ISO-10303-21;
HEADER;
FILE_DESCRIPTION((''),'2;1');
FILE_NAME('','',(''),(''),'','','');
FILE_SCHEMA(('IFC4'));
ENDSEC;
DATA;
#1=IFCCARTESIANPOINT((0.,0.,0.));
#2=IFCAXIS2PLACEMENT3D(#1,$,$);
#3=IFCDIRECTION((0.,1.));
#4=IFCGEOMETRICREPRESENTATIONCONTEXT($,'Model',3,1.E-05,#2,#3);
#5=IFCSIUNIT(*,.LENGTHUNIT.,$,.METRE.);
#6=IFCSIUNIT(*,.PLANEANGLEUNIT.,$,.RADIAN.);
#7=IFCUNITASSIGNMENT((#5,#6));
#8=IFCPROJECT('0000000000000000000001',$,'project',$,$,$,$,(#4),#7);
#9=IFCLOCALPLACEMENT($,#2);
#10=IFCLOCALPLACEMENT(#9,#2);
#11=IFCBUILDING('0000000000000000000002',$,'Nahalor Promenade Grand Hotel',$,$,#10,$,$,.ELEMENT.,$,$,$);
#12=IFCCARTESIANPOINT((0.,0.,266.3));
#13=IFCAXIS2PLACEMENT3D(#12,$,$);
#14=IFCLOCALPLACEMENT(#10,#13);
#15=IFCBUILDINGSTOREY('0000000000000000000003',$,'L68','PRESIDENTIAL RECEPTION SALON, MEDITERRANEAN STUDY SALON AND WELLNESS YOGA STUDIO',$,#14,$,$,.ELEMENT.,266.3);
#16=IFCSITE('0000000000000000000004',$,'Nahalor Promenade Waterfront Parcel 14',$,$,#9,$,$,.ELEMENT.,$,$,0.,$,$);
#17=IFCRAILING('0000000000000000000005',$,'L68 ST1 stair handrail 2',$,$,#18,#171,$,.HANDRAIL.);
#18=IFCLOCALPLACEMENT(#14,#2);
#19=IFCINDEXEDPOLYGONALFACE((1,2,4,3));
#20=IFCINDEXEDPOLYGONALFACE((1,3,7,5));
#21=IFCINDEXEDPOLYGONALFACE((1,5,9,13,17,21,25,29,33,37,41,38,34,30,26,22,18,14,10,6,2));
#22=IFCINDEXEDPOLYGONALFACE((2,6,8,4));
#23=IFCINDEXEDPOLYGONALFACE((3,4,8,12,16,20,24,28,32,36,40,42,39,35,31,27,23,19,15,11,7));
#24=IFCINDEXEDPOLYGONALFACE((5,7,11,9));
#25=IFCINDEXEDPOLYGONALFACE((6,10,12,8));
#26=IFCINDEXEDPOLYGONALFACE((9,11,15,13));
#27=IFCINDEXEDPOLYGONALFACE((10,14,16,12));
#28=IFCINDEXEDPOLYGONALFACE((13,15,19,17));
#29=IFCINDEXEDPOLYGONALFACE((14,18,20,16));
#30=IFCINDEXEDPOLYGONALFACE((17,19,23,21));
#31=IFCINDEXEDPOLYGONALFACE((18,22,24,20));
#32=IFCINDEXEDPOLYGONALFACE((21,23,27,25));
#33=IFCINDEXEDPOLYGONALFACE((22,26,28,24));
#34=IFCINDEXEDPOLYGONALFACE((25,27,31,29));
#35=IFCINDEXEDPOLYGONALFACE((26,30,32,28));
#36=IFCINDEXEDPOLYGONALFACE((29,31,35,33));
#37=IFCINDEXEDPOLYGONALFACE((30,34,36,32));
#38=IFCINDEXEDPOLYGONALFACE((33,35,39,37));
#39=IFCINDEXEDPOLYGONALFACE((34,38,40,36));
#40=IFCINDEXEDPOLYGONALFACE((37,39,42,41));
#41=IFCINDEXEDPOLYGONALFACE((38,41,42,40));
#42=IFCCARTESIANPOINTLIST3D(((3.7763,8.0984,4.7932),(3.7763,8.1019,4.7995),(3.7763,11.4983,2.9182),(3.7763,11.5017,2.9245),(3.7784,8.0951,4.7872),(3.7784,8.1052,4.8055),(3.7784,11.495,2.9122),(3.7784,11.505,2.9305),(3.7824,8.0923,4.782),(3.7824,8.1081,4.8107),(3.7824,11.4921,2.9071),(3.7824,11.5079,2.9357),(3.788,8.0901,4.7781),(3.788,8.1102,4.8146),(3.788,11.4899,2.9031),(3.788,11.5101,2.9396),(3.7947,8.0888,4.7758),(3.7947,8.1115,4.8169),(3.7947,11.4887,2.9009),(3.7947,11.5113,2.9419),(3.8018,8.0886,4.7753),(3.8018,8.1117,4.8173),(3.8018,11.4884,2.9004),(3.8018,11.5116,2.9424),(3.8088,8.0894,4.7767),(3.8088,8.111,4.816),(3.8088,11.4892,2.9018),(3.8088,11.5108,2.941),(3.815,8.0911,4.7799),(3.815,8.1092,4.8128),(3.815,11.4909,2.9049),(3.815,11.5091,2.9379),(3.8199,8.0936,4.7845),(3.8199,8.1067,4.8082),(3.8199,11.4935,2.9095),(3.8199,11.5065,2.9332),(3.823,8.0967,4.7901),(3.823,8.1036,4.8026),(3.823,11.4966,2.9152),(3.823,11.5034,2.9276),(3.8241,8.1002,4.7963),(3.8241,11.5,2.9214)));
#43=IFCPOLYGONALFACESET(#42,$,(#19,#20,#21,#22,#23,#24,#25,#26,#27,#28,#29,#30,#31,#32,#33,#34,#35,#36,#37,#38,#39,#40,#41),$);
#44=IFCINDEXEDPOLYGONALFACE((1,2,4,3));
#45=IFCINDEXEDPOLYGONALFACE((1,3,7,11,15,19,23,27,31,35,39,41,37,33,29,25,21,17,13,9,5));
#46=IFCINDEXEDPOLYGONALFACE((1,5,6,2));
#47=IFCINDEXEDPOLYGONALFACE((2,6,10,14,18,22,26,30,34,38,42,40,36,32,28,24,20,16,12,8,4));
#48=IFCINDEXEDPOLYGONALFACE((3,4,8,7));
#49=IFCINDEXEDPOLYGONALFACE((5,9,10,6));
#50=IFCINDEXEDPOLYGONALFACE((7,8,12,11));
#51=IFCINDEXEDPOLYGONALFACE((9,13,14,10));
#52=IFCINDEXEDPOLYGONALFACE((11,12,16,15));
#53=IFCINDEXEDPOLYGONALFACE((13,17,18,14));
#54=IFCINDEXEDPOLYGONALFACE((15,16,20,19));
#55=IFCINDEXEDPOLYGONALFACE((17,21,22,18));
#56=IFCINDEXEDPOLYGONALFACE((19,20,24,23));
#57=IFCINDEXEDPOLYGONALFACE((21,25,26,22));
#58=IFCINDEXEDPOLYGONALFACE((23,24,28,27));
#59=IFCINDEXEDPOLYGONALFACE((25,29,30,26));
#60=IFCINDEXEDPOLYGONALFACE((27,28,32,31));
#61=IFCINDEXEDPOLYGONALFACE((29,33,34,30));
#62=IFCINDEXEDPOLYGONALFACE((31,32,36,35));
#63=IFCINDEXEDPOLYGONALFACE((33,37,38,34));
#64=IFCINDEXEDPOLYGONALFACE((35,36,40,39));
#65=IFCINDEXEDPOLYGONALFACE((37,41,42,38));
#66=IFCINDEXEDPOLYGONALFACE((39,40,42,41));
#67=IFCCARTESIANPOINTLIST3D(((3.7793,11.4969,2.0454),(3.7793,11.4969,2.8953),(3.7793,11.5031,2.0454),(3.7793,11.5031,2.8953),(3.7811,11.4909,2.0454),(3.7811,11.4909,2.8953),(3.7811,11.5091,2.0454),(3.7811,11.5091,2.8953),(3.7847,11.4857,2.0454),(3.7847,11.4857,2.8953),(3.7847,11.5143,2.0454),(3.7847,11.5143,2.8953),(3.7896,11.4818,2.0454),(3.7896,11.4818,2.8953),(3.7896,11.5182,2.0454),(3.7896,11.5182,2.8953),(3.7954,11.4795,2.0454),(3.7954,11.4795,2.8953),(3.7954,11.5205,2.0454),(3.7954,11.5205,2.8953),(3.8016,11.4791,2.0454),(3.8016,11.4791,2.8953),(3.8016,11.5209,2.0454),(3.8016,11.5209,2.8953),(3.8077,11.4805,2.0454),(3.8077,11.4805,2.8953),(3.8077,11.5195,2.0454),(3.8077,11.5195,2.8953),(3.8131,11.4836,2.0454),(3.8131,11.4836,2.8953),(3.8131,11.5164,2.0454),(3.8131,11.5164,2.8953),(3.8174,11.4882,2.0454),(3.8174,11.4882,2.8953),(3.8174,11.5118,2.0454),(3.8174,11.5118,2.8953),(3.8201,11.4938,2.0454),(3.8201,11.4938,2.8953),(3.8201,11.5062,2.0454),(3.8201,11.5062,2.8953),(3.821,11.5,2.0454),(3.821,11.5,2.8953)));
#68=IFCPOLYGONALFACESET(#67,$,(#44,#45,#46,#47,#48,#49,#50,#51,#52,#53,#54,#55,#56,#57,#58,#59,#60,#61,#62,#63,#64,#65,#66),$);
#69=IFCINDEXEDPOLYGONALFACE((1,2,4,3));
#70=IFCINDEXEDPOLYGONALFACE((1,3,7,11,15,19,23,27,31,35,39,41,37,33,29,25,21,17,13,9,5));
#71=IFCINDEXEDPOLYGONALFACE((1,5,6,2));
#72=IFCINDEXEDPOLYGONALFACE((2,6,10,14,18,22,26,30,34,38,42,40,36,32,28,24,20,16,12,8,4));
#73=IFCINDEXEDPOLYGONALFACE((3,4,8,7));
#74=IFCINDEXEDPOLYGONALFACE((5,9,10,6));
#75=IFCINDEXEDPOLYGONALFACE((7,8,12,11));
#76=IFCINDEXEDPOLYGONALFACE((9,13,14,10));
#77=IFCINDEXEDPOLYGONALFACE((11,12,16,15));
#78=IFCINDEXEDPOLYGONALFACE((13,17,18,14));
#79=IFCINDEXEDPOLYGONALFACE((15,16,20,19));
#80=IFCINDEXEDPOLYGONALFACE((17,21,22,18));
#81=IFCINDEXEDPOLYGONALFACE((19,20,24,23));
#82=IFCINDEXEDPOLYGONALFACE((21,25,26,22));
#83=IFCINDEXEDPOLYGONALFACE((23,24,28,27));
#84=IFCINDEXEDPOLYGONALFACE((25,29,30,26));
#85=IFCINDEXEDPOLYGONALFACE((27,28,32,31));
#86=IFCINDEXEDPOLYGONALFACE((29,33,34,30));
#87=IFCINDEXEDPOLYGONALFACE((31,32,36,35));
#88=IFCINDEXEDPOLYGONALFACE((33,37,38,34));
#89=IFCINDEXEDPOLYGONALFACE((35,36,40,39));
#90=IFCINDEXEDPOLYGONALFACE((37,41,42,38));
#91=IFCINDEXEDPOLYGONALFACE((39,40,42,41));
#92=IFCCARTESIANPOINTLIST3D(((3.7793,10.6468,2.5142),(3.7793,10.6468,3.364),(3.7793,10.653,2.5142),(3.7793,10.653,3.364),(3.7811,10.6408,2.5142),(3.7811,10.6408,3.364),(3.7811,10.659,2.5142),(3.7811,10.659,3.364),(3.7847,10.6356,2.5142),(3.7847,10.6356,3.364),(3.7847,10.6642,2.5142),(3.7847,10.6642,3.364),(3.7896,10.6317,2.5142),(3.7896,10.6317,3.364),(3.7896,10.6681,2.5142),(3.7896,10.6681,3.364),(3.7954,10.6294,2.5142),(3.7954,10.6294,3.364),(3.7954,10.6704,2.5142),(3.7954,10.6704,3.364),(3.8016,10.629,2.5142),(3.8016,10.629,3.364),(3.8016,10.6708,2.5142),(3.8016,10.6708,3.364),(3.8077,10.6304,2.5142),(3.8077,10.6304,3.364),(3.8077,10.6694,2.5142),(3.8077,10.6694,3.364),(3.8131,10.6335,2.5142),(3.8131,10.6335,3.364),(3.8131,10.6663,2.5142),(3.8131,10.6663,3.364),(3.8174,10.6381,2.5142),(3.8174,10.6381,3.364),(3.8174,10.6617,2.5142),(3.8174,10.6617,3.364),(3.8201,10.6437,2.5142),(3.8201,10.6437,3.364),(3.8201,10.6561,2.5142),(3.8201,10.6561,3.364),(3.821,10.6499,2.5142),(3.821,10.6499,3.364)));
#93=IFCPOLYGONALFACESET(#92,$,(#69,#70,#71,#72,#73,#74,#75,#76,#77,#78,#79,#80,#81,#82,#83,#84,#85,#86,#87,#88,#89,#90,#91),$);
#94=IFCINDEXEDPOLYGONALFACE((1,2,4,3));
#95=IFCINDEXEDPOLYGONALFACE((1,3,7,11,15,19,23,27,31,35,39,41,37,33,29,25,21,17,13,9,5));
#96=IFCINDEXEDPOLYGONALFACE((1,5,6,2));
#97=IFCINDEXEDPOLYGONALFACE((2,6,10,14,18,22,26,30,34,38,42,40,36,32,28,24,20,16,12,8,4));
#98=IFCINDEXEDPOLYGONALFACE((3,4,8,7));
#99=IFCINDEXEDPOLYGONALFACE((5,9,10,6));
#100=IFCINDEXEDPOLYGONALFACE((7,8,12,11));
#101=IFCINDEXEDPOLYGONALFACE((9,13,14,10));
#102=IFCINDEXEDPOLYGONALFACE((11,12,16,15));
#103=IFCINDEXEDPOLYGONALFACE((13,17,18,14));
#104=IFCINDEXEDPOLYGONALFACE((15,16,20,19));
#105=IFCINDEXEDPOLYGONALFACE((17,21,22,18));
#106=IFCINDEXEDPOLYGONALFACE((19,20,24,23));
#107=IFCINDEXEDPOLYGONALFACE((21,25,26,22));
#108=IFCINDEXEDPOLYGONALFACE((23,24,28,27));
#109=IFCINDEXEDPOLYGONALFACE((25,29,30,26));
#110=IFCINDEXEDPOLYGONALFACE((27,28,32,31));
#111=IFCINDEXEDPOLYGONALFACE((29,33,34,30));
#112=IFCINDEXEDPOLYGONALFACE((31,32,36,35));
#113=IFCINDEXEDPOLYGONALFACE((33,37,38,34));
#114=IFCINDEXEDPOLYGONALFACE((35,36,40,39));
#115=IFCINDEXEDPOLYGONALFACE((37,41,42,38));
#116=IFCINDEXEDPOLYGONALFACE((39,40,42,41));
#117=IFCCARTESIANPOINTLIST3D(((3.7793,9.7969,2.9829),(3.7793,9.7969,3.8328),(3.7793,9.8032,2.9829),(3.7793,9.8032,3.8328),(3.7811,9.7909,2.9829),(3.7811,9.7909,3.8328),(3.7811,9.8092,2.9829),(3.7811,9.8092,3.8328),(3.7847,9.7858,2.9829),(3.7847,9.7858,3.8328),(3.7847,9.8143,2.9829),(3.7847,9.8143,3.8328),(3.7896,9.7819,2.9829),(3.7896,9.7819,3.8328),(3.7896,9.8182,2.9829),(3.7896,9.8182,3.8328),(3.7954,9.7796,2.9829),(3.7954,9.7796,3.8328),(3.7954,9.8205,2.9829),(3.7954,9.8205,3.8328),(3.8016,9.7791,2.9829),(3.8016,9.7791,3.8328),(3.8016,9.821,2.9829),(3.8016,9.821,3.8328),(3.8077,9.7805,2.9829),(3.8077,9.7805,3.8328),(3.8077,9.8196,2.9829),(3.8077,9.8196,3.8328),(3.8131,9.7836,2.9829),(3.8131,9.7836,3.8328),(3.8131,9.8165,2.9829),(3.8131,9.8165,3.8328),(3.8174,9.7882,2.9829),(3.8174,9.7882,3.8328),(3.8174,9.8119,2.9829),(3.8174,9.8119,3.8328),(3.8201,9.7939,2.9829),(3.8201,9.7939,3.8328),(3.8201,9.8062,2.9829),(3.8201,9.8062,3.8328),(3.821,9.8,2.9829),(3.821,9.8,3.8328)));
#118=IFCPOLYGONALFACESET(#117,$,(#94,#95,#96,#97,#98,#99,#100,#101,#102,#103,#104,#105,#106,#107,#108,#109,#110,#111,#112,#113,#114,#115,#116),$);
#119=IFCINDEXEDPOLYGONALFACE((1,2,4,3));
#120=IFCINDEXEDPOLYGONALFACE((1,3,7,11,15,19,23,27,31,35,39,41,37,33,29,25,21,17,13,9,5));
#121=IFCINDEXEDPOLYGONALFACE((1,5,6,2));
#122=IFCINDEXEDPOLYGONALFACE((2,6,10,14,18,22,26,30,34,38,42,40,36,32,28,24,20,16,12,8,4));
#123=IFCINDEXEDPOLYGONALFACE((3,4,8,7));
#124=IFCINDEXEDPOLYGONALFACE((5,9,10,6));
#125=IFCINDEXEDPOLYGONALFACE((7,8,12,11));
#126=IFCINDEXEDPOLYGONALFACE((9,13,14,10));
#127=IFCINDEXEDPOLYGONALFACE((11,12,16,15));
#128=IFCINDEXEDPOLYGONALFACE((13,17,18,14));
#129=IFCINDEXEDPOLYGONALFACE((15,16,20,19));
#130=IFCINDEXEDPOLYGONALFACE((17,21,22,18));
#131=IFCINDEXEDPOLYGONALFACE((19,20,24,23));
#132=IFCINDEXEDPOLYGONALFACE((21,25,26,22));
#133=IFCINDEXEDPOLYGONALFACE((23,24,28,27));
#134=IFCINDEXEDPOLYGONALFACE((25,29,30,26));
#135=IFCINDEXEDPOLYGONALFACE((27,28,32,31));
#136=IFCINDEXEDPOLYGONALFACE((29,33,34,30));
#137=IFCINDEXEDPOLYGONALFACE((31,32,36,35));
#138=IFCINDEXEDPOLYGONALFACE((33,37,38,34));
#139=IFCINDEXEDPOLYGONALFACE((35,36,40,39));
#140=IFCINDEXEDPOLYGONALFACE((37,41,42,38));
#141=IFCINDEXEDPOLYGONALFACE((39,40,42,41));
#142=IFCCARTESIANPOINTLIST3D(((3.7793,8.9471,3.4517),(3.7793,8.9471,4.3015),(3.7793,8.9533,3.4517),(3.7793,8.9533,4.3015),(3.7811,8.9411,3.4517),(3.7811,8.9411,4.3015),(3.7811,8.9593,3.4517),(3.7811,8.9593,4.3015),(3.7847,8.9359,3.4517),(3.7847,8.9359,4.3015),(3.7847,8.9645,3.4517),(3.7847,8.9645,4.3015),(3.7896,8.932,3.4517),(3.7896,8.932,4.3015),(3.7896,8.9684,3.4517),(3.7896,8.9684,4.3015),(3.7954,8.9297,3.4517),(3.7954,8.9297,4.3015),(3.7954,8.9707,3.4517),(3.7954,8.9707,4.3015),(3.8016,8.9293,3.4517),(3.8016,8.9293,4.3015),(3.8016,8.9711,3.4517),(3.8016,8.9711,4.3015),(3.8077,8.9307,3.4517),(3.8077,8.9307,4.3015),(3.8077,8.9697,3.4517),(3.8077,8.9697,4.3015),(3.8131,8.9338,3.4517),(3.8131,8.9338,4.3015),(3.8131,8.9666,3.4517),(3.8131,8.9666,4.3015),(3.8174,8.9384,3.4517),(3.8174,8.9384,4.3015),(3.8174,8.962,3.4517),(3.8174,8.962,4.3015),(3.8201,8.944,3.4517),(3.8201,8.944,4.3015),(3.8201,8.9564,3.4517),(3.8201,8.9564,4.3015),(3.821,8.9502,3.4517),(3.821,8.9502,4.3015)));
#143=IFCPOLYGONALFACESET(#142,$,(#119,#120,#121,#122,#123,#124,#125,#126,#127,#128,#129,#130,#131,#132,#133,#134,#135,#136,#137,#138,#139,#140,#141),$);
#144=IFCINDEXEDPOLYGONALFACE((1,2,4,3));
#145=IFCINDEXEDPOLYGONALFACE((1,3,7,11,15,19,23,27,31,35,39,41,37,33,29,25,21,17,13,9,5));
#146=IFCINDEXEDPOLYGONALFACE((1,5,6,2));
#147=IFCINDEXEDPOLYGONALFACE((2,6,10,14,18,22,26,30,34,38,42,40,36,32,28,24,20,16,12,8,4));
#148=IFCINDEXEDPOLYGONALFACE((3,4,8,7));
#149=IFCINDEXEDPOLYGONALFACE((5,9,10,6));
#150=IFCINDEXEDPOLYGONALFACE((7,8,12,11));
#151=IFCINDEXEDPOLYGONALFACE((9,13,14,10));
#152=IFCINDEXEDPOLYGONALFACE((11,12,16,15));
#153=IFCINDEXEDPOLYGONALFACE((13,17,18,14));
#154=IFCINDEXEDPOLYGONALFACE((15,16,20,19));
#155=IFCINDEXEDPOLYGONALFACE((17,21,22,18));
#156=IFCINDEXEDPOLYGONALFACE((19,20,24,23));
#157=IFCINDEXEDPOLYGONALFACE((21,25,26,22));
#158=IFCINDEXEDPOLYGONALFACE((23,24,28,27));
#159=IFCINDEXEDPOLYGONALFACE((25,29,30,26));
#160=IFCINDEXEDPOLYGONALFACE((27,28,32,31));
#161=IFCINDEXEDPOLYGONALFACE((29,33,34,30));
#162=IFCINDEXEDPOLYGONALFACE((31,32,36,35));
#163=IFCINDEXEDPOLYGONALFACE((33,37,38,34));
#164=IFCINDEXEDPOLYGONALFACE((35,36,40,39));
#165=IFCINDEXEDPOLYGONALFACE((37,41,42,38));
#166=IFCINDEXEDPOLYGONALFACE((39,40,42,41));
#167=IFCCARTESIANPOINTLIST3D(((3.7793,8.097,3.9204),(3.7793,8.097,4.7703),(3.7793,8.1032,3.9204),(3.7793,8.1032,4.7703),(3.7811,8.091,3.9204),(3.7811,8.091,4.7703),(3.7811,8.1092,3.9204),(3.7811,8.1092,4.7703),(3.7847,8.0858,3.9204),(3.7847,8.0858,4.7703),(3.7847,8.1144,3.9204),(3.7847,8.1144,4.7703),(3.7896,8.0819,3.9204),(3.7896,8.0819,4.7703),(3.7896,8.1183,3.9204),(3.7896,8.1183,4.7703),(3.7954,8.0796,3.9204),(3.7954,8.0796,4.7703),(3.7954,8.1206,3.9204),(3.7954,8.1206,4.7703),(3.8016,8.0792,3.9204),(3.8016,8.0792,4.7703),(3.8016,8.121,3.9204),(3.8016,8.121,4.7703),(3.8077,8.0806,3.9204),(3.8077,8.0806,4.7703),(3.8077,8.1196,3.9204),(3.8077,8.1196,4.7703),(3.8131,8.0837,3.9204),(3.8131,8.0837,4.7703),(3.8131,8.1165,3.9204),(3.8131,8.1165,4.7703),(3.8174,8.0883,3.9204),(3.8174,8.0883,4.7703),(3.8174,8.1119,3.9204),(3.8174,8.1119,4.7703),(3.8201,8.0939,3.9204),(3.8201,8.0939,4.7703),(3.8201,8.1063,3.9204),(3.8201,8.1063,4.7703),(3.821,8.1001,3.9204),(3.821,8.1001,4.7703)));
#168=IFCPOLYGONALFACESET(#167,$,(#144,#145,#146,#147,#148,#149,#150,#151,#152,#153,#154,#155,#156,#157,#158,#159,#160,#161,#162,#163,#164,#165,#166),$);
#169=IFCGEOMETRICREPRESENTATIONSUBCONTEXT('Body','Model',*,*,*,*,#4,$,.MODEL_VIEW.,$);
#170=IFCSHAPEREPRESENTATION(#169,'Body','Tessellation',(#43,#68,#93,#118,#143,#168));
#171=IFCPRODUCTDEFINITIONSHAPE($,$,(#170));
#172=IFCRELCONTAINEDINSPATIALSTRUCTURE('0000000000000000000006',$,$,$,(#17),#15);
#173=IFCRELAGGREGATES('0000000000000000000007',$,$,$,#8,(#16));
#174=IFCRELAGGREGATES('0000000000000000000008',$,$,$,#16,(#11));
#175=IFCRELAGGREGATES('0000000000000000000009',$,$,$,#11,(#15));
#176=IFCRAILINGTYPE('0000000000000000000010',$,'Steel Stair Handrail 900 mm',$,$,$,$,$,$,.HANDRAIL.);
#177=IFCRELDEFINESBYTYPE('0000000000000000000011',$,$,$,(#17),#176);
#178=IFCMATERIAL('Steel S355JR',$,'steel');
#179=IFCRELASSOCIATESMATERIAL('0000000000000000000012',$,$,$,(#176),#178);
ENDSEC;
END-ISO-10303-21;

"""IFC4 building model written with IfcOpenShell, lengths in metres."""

from ifc_helpers import new_model, si_unit, direction, frame, origin, origin_2d, place, context, subcontext, project, spatial, circle, extrude, material, type_object, element, save


model = new_model("IFC4")

# Units and contexts
model_context = context("Model", 3, precision=1e-05, world=origin(), true_north=direction((0.0, 1.0)))
body_context = subcontext(model_context, "Body", "Model", "MODEL_VIEW")
ifc_project = project(units=[si_unit("LENGTHUNIT", "METRE"), si_unit("PLANEANGLEUNIT", "RADIAN")], contexts=[model_context])

# Site, building, storey
site_placement = place(None, origin())
site = spatial("IfcSite", under=ifc_project, at=site_placement, Name="Nahalor Promenade Waterfront Parcel 14", CompositionType="ELEMENT", RefElevation=0.0)
building_placement = place(site_placement, origin())
building = spatial("IfcBuilding", under=site, at=building_placement, Name="Nahalor Promenade Grand Hotel", CompositionType="ELEMENT")
storey_placement = place(building_placement, frame((0.0, 0.0, 266.3)))
storey = spatial("IfcBuildingStorey", under=building, at=storey_placement, Name="L68", Description="PRESIDENTIAL RECEPTION SALON, MEDITERRANEAN STUDY SALON AND WELLNESS YOGA STUDIO", CompositionType="ELEMENT", Elevation=266.3)

# Shared definitions
ifc_material_1 = material(Name="Steel S355JR", Category="steel")

# Railing
railing_type_1 = type_object("IfcRailingType", Name="Steel Stair Handrail 900 mm", PredefinedType="HANDRAIL", material=ifc_material_1)
railing_1_placement = place(storey_placement, frame((3.8, 11.5, 2.0454)))
element("IfcRailing", 1, at=railing_1_placement, inside=storey, type_object=railing_type_1, Name="L68 ST1 stair handrail 2", PredefinedType="HANDRAIL", context=body_context, shape_type="SweptSolid", body=[
    extrude(circle(Radius=0.024, at=origin_2d()), frame((0.0, 0.0, 0.876), z_axis=(0.0, -0.875666, 0.482918), x_axis=(1.0, 0.0, 0.0)), (0.0, 0.0, 1.0), 3.8826),
    extrude(circle(Radius=0.021, at=origin_2d()), origin(), (0.0, 0.0, 1.0), 0.8499),
    extrude(circle(Radius=0.021, at=origin_2d()), frame((0.0, -0.8501, 0.4688)), (0.0, 0.0, 1.0), 0.8499),
    extrude(circle(Radius=0.021, at=origin_2d()), frame((0.0, -1.7, 0.9375)), (0.0, 0.0, 1.0), 0.8499),
    extrude(circle(Radius=0.021, at=origin_2d()), frame((0.0, -2.5498, 1.4062)), (0.0, 0.0, 1.0), 0.8499),
    extrude(circle(Radius=0.021, at=origin_2d()), frame((0.0, -3.3999, 1.875)), (0.0, 0.0, 1.0), 0.8499),
])

save(model, "model.ifc")
